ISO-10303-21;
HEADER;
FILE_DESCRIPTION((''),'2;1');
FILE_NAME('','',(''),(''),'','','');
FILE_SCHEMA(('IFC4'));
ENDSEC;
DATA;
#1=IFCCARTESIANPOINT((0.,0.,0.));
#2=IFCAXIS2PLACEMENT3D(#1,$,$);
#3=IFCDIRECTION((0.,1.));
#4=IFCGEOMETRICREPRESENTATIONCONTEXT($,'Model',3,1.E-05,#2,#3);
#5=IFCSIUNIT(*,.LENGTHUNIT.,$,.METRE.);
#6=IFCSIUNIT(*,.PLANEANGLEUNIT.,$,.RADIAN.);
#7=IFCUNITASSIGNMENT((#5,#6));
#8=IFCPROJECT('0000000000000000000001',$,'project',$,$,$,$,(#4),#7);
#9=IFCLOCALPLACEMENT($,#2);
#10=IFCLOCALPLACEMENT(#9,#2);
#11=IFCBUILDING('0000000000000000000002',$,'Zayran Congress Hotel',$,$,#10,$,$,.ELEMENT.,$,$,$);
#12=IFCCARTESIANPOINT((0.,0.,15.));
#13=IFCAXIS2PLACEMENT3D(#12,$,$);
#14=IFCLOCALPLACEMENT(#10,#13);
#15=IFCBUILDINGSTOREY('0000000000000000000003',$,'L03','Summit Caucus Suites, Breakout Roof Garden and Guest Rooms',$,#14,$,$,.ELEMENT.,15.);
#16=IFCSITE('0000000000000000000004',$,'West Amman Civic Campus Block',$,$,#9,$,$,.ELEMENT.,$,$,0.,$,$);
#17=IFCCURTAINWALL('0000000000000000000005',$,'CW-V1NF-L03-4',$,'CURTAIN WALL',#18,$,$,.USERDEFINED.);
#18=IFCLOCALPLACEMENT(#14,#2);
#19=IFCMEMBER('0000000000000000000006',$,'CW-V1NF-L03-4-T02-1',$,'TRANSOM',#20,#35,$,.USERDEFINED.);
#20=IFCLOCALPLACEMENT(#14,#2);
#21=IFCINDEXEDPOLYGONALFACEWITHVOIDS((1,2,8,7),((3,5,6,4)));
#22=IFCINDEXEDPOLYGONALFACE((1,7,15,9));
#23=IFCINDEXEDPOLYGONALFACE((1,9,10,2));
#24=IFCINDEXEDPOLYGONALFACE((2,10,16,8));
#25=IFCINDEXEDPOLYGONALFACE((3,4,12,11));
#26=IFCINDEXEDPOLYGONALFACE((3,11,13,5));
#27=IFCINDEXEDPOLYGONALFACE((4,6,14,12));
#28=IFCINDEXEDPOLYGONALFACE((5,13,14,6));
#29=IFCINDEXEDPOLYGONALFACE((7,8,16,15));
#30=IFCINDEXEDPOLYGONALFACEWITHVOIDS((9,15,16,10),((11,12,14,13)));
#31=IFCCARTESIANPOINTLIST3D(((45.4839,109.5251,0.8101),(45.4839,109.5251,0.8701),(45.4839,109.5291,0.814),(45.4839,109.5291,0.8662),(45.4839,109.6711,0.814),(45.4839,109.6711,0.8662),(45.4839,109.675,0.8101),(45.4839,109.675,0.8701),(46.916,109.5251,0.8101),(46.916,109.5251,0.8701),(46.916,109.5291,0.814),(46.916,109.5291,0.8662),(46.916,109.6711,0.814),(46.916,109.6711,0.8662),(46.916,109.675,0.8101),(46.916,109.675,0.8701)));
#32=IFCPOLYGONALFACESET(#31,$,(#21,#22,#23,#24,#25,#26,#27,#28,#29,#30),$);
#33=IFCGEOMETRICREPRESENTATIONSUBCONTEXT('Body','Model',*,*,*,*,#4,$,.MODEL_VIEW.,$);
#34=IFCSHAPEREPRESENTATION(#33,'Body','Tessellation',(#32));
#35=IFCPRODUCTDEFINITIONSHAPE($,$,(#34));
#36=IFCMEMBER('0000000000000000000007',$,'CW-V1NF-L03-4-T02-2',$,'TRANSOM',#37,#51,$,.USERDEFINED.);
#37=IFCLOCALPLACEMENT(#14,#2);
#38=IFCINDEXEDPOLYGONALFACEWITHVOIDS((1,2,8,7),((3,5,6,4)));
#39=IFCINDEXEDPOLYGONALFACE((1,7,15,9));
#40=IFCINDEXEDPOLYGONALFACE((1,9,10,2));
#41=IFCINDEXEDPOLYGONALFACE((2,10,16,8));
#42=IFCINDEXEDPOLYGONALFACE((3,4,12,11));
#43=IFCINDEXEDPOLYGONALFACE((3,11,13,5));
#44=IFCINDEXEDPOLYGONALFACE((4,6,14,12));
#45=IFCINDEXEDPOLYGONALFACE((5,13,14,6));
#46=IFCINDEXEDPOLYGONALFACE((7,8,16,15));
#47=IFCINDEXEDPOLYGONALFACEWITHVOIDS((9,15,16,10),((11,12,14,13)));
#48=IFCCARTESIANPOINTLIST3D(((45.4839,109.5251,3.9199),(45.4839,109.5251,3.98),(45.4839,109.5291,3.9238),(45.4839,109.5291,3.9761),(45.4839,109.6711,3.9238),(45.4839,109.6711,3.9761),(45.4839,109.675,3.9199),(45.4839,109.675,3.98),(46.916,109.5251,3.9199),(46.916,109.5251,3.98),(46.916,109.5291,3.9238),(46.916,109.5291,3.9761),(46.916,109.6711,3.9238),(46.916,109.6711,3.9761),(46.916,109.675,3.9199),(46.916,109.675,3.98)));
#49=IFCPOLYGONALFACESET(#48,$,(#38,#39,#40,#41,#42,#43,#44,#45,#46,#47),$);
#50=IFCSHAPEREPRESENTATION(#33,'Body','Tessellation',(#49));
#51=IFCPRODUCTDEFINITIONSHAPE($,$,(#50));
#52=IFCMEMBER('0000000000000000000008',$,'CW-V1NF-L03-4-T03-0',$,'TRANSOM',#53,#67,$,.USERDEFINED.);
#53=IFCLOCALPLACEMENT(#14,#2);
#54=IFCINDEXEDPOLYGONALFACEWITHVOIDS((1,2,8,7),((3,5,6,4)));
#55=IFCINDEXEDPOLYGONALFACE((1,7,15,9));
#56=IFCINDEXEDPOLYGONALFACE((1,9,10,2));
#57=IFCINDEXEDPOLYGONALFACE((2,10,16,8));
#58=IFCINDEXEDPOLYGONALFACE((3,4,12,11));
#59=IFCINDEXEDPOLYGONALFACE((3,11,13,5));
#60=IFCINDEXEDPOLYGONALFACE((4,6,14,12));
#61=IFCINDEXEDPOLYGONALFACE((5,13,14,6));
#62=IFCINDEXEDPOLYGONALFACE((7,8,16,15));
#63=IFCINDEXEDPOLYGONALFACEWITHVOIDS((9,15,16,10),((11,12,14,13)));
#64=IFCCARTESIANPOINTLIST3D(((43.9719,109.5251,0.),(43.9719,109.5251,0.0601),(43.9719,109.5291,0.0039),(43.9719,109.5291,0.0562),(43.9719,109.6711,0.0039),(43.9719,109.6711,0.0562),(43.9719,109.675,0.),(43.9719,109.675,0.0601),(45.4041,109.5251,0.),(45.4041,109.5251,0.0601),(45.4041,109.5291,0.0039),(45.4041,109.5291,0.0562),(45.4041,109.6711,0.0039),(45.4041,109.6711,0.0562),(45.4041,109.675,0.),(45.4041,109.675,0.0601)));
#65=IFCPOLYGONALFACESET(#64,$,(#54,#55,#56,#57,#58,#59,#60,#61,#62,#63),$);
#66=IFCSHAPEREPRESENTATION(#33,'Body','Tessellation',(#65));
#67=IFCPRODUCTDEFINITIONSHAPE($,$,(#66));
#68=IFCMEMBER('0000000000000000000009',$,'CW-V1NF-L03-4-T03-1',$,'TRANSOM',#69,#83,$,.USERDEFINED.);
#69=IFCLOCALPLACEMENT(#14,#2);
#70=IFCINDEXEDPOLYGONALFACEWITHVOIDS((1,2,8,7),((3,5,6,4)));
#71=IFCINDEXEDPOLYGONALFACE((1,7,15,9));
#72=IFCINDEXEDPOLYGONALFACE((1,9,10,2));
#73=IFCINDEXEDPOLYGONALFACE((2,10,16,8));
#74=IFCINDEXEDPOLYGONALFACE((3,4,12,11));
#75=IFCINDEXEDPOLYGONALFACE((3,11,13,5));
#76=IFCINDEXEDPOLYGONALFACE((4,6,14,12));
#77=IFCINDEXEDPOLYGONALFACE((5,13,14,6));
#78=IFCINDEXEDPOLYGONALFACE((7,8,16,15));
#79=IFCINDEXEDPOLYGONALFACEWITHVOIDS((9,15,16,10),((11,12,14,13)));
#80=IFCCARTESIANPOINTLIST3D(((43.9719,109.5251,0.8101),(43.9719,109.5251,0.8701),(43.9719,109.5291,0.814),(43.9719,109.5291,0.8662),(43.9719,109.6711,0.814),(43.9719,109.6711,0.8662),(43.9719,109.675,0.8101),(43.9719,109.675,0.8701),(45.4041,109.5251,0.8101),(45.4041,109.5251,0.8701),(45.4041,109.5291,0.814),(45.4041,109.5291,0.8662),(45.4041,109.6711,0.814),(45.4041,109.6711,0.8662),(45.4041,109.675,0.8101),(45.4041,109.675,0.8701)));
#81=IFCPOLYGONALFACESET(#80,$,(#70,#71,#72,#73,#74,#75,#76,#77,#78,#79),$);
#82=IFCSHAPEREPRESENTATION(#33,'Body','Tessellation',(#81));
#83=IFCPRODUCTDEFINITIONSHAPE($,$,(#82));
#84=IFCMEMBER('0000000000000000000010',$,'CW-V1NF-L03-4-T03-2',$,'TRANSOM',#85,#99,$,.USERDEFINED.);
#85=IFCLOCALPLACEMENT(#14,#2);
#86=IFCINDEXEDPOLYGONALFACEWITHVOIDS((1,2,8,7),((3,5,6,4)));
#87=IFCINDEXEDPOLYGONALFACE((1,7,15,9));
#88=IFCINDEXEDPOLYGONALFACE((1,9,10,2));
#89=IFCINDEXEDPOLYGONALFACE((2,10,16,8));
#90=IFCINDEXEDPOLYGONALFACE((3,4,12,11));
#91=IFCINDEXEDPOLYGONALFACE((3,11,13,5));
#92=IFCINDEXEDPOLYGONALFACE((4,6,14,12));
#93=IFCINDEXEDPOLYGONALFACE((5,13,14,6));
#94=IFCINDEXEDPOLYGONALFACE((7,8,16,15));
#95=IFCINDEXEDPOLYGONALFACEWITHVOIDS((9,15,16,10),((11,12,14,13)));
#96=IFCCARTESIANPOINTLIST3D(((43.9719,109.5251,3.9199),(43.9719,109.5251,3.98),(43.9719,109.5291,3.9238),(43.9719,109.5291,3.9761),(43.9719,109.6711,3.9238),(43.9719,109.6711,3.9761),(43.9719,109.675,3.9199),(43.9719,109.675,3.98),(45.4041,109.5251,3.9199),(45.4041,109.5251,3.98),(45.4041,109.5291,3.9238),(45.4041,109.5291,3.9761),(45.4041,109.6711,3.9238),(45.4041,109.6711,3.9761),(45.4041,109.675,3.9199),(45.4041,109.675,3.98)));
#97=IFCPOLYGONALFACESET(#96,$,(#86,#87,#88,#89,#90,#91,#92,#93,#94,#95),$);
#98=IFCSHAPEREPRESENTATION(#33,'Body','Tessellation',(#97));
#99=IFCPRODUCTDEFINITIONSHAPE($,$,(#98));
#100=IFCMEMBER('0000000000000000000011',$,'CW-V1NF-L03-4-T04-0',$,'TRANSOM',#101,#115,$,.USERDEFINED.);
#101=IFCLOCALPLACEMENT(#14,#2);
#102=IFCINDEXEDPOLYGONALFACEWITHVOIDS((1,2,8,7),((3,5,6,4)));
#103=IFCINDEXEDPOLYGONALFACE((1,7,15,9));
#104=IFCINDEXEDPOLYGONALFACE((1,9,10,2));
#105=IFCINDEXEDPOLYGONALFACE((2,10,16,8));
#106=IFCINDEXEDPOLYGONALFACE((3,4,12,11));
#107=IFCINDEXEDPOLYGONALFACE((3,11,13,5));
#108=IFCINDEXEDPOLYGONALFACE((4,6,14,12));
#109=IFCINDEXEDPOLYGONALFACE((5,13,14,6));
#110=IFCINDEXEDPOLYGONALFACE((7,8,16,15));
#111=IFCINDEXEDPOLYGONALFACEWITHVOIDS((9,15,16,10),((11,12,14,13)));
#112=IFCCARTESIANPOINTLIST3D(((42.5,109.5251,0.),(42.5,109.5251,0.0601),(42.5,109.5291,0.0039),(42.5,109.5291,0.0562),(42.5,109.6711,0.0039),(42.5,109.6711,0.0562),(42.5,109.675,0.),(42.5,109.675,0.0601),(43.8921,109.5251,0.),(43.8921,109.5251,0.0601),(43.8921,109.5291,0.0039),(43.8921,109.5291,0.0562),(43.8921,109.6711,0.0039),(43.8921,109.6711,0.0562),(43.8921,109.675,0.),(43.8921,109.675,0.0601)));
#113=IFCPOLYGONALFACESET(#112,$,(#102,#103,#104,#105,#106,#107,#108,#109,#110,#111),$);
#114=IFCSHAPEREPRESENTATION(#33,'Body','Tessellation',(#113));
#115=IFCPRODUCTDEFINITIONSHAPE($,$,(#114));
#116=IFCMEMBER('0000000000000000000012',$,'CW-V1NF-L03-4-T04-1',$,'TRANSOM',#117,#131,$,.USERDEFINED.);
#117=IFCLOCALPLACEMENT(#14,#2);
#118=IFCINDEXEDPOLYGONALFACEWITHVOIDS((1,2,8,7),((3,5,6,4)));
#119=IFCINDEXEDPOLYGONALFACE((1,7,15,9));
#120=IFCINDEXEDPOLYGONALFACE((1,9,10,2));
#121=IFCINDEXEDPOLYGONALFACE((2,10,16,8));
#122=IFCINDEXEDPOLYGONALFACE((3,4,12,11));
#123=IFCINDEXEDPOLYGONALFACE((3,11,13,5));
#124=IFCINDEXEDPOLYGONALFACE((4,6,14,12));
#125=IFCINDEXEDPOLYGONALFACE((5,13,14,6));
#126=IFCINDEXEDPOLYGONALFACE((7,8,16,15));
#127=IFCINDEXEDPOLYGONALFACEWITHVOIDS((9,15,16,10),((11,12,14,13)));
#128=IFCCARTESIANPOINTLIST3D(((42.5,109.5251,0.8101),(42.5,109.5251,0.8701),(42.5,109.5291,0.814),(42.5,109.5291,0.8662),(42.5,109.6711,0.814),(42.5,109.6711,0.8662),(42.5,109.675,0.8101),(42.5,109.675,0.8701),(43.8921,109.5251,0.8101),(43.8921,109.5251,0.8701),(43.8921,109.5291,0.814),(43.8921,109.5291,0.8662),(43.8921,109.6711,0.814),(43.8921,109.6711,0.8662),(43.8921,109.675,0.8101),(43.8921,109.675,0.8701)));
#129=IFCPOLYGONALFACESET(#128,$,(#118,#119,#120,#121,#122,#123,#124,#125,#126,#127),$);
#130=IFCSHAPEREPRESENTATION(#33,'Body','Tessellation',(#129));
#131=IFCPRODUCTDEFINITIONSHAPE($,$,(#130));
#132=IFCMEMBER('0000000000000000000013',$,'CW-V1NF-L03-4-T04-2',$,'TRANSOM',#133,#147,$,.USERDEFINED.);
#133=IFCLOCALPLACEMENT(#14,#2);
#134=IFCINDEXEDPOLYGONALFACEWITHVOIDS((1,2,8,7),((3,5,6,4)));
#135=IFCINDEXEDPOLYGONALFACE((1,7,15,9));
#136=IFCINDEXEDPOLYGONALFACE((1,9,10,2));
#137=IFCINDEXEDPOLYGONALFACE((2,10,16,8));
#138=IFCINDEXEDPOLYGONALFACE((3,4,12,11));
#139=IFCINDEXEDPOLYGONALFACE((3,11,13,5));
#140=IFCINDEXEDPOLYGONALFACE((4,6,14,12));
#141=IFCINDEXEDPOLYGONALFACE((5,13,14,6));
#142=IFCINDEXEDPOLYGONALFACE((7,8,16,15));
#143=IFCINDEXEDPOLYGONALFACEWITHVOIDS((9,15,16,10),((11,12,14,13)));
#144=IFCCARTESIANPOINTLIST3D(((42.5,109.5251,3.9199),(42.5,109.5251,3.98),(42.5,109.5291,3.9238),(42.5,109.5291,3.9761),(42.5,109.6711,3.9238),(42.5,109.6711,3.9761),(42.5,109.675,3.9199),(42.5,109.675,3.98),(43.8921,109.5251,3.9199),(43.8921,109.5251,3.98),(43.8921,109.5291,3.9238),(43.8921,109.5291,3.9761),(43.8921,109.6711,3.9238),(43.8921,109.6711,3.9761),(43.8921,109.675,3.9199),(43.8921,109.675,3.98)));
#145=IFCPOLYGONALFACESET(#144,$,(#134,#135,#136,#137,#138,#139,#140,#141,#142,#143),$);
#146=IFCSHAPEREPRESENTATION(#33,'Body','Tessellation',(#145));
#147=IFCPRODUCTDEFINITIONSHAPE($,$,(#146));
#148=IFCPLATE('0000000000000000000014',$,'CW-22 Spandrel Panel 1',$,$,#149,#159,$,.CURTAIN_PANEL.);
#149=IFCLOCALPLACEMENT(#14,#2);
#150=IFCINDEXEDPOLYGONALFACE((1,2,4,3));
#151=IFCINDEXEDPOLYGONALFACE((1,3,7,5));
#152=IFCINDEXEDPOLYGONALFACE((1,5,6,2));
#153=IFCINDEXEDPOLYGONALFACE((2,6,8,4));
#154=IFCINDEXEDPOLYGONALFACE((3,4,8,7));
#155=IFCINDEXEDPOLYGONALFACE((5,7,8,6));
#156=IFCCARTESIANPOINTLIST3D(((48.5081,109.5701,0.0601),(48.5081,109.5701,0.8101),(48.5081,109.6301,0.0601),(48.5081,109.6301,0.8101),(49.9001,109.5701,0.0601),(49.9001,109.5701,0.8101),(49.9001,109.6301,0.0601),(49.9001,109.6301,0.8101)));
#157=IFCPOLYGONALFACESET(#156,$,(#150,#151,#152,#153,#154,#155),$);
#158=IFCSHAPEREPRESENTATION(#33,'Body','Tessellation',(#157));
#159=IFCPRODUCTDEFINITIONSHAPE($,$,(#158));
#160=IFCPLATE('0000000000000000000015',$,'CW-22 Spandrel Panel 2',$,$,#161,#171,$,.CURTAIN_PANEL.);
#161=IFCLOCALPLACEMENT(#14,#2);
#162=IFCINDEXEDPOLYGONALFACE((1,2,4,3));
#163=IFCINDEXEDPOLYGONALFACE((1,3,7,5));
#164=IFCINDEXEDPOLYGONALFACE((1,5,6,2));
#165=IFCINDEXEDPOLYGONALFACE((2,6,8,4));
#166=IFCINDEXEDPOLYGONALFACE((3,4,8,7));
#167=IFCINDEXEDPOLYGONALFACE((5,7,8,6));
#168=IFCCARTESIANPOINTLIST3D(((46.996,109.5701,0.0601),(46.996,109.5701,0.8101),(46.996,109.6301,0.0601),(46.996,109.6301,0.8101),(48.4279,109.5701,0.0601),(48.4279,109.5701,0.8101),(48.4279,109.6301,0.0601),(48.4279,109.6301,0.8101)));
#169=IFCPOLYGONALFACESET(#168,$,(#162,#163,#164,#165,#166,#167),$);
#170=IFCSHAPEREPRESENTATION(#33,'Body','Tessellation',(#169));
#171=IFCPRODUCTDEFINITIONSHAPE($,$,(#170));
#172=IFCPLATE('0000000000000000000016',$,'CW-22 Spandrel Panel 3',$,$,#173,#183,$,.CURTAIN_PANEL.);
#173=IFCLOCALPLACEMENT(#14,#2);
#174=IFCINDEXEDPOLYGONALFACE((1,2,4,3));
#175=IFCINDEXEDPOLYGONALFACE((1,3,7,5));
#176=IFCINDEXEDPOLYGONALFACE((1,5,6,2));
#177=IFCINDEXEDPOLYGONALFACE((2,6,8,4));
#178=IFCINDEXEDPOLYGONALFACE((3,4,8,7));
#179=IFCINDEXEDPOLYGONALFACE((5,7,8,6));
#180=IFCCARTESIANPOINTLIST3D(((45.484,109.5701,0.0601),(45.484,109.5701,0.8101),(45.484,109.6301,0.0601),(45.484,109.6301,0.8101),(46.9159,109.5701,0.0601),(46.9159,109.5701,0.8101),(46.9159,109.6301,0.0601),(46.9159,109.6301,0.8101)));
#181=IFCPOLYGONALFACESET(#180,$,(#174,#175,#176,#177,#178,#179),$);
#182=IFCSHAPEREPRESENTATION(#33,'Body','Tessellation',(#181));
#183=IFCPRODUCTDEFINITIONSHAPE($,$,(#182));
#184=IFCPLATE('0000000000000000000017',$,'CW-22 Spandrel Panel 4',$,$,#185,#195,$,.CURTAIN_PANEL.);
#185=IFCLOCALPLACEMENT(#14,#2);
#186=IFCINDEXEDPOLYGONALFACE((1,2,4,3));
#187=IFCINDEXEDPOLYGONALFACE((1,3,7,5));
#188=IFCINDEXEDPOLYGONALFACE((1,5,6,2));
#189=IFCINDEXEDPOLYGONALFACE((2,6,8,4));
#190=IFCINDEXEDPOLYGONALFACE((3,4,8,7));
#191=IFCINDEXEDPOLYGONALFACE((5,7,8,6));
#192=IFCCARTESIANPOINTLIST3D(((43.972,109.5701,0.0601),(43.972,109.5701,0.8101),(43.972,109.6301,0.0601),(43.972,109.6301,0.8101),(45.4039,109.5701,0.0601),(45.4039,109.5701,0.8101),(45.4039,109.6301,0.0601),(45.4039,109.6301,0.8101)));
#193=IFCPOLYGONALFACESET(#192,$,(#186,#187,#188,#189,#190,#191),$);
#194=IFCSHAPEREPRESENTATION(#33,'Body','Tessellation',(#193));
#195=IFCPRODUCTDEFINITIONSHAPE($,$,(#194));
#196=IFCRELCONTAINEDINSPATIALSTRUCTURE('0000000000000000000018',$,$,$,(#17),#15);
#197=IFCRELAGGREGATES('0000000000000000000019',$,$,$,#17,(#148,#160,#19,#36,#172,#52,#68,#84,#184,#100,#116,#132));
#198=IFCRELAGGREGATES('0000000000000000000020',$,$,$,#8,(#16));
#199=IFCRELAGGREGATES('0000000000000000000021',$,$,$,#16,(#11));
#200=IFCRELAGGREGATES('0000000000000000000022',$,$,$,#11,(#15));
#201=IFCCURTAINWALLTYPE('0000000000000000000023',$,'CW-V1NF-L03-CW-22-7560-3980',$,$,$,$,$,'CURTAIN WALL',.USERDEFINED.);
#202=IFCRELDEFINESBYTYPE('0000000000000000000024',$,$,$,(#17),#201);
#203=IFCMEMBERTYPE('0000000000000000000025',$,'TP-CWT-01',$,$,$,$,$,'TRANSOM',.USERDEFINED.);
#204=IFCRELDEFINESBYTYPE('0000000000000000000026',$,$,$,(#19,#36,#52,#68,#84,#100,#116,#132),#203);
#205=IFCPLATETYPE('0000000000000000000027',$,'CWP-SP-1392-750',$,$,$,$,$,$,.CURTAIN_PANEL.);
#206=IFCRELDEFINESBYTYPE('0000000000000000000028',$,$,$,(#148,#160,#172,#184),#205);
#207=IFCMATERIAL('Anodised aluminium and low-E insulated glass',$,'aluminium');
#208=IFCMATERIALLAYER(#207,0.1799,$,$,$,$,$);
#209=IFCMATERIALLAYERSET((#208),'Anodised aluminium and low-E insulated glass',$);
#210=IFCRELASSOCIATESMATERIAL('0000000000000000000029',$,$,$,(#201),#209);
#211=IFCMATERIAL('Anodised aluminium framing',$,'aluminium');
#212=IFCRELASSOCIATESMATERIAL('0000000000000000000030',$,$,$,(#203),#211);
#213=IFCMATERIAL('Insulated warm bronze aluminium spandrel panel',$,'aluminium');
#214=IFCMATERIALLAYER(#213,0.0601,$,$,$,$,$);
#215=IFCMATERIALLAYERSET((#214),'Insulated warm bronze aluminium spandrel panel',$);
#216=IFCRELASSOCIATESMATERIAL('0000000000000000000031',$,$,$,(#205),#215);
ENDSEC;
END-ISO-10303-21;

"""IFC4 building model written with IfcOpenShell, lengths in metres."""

from ifc_helpers import new_model, si_unit, direction, frame, origin, origin_2d, place, context, subcontext, project, spatial, rectangle, hollow_rectangle, extrude, material, layer, layer_set, material_profile, profile_set, type_object, element, aggregate, save


model = new_model("IFC4")

# Units and contexts
model_context = context("Model", 3, precision=1e-05, world=origin(), true_north=direction((0.0, 1.0)))
body_context = subcontext(model_context, "Body", "Model", "MODEL_VIEW")
ifc_project = project(units=[si_unit("LENGTHUNIT", "METRE"), si_unit("PLANEANGLEUNIT", "RADIAN")], contexts=[model_context])

# Site, building, storey
site_placement = place(None, origin())
site = spatial("IfcSite", under=ifc_project, at=site_placement, Name="West Amman Civic Campus Block", CompositionType="ELEMENT", RefElevation=0.0)
building_placement = place(site_placement, origin())
building = spatial("IfcBuilding", under=site, at=building_placement, Name="Zayran Congress Hotel", CompositionType="ELEMENT")
storey_placement = place(building_placement, frame((0.0, 0.0, 15.0)))
storey = spatial("IfcBuildingStorey", under=building, at=storey_placement, Name="L03", Description="Summit Caucus Suites, Breakout Roof Garden and Guest Rooms", CompositionType="ELEMENT", Elevation=15.0)

# Curtain wall, members, plates
ifc_material_1 = material(Name="Anodised aluminium and low-E insulated glass", Category="aluminium")
ifc_layer_1 = layer(ifc_material_1, 0.1799)
ifc_layer_set_1 = layer_set([ifc_layer_1], Name="Anodised aluminium and low-E insulated glass")
curtain_wall_type = type_object("IfcCurtainWallType", Name="CW-V1NF-L03-CW-22-7560-3980", ElementType="CURTAIN WALL", PredefinedType="USERDEFINED", material=ifc_layer_set_1)
curtain_wall_placement = place(storey_placement, origin())
curtain_wall = element("IfcCurtainWall", 1, at=curtain_wall_placement, inside=storey, type_object=curtain_wall_type, Name="CW-V1NF-L03-4", ObjectType="CURTAIN WALL", PredefinedType="USERDEFINED")
ifc_material_2 = material(Name="Anodised aluminium framing", Category="aluminium")
ifc_material_profile_1 = material_profile(ifc_material_2, hollow_rectangle(XDim=0.0601, YDim=0.1499, WallThickness=0.0039, at=origin_2d()), Name="RHS 150x60x4")
ifc_profile_set_1 = profile_set([ifc_material_profile_1], Name="Anodised aluminium framing")
member_type_1 = type_object("IfcMemberType", Name="TP-CWT-01", ElementType="TRANSOM", PredefinedType="USERDEFINED", material=ifc_profile_set_1)
member_1_placement = place(storey_placement, frame((46.916, 109.6001, 0.8401), z_axis=(-1.0, 0.0, 0.0), x_axis=(0.0, 0.0, 1.0)))
member_1 = element("IfcMember", 2, at=member_1_placement, type_object=member_type_1, Name="CW-V1NF-L03-4-T02-1", ObjectType="TRANSOM", PredefinedType="USERDEFINED", context=body_context, shape_type="SweptSolid", body=[
    extrude(hollow_rectangle(XDim=0.0601, YDim=0.1499, WallThickness=0.0039, at=origin_2d()), origin(), (0.0, 0.0, 1.0), 1.4321),
])
member_2_placement = place(storey_placement, frame((46.916, 109.6001, 3.95), z_axis=(-1.0, 0.0, 0.0), x_axis=(0.0, 0.0, 1.0)))
member_2 = element("IfcMember", 3, at=member_2_placement, type_object=member_type_1, Name="CW-V1NF-L03-4-T02-2", ObjectType="TRANSOM", PredefinedType="USERDEFINED", context=body_context, shape_type="SweptSolid", body=[
    extrude(hollow_rectangle(XDim=0.0601, YDim=0.1499, WallThickness=0.0039, at=origin_2d()), origin(), (0.0, 0.0, 1.0), 1.4321),
])
member_3_placement = place(storey_placement, frame((45.4041, 109.6001, 0.03), z_axis=(-1.0, 0.0, 0.0), x_axis=(0.0, 0.0, 1.0)))
member_3 = element("IfcMember", 4, at=member_3_placement, type_object=member_type_1, Name="CW-V1NF-L03-4-T03-0", ObjectType="TRANSOM", PredefinedType="USERDEFINED", context=body_context, shape_type="SweptSolid", body=[
    extrude(hollow_rectangle(XDim=0.0601, YDim=0.1499, WallThickness=0.0039, at=origin_2d()), origin(), (0.0, 0.0, 1.0), 1.4321),
])
member_4_placement = place(storey_placement, frame((45.4041, 109.6001, 0.8401), z_axis=(-1.0, 0.0, 0.0), x_axis=(0.0, 0.0, 1.0)))
member_4 = element("IfcMember", 5, at=member_4_placement, type_object=member_type_1, Name="CW-V1NF-L03-4-T03-1", ObjectType="TRANSOM", PredefinedType="USERDEFINED", context=body_context, shape_type="SweptSolid", body=[
    extrude(hollow_rectangle(XDim=0.0601, YDim=0.1499, WallThickness=0.0039, at=origin_2d()), origin(), (0.0, 0.0, 1.0), 1.4321),
])
member_5_placement = place(storey_placement, frame((45.4041, 109.6001, 3.95), z_axis=(-1.0, 0.0, 0.0), x_axis=(0.0, 0.0, 1.0)))
member_5 = element("IfcMember", 6, at=member_5_placement, type_object=member_type_1, Name="CW-V1NF-L03-4-T03-2", ObjectType="TRANSOM", PredefinedType="USERDEFINED", context=body_context, shape_type="SweptSolid", body=[
    extrude(hollow_rectangle(XDim=0.0601, YDim=0.1499, WallThickness=0.0039, at=origin_2d()), origin(), (0.0, 0.0, 1.0), 1.4321),
])
member_6_placement = place(storey_placement, frame((43.8921, 109.6001, 0.03), z_axis=(-1.0, 0.0, 0.0), x_axis=(0.0, 0.0, 1.0)))
member_6 = element("IfcMember", 7, at=member_6_placement, type_object=member_type_1, Name="CW-V1NF-L03-4-T04-0", ObjectType="TRANSOM", PredefinedType="USERDEFINED", context=body_context, shape_type="SweptSolid", body=[
    extrude(hollow_rectangle(XDim=0.0601, YDim=0.1499, WallThickness=0.0039, at=origin_2d()), origin(), (0.0, 0.0, 1.0), 1.3921),
])
member_7_placement = place(storey_placement, frame((43.8921, 109.6001, 0.8401), z_axis=(-1.0, 0.0, 0.0), x_axis=(0.0, 0.0, 1.0)))
member_7 = element("IfcMember", 8, at=member_7_placement, type_object=member_type_1, Name="CW-V1NF-L03-4-T04-1", ObjectType="TRANSOM", PredefinedType="USERDEFINED", context=body_context, shape_type="SweptSolid", body=[
    extrude(hollow_rectangle(XDim=0.0601, YDim=0.1499, WallThickness=0.0039, at=origin_2d()), origin(), (0.0, 0.0, 1.0), 1.3921),
])
member_8_placement = place(storey_placement, frame((43.8921, 109.6001, 3.95), z_axis=(-1.0, 0.0, 0.0), x_axis=(0.0, 0.0, 1.0)))
member_8 = element("IfcMember", 9, at=member_8_placement, type_object=member_type_1, Name="CW-V1NF-L03-4-T04-2", ObjectType="TRANSOM", PredefinedType="USERDEFINED", context=body_context, shape_type="SweptSolid", body=[
    extrude(hollow_rectangle(XDim=0.0601, YDim=0.1499, WallThickness=0.0039, at=origin_2d()), origin(), (0.0, 0.0, 1.0), 1.3921),
])
ifc_material_3 = material(Name="Insulated warm bronze aluminium spandrel panel", Category="aluminium")
ifc_layer_2 = layer(ifc_material_3, 0.0601)
ifc_layer_set_2 = layer_set([ifc_layer_2], Name="Insulated warm bronze aluminium spandrel panel")
plate_type_1 = type_object("IfcPlateType", Name="CWP-SP-1392-750", PredefinedType="CURTAIN_PANEL", material=ifc_layer_set_2)
plate_1_placement = place(storey_placement, frame((49.2041, 109.6001, 0.0601), z_axis=(0.0, 0.0, 1.0), x_axis=(1.0, 0.0, 0.0)))
plate_1 = element("IfcPlate", 10, at=plate_1_placement, type_object=plate_type_1, Name="CW-22 Spandrel Panel 1", PredefinedType="CURTAIN_PANEL", context=body_context, shape_type="SweptSolid", body=[
    extrude(rectangle(XDim=1.3921, YDim=0.0601, at=origin_2d()), origin(), (0.0, 0.0, 1.0), 0.75),
])
plate_2_placement = place(storey_placement, frame((47.7119, 109.6001, 0.0601), z_axis=(0.0, 0.0, 1.0), x_axis=(1.0, 0.0, 0.0)))
plate_2 = element("IfcPlate", 11, at=plate_2_placement, type_object=plate_type_1, Name="CW-22 Spandrel Panel 2", PredefinedType="CURTAIN_PANEL", context=body_context, shape_type="SweptSolid", body=[
    extrude(rectangle(XDim=1.4319, YDim=0.0601, at=origin_2d()), origin(), (0.0, 0.0, 1.0), 0.75),
])
plate_3_placement = place(storey_placement, frame((46.2, 109.6001, 0.0601), z_axis=(0.0, 0.0, 1.0), x_axis=(1.0, 0.0, 0.0)))
plate_3 = element("IfcPlate", 12, at=plate_3_placement, type_object=plate_type_1, Name="CW-22 Spandrel Panel 3", PredefinedType="CURTAIN_PANEL", context=body_context, shape_type="SweptSolid", body=[
    extrude(rectangle(XDim=1.4319, YDim=0.0601, at=origin_2d()), origin(), (0.0, 0.0, 1.0), 0.75),
])
plate_4_placement = place(storey_placement, frame((44.688, 109.6001, 0.0601), z_axis=(0.0, 0.0, 1.0), x_axis=(1.0, 0.0, 0.0)))
plate_4 = element("IfcPlate", 13, at=plate_4_placement, type_object=plate_type_1, Name="CW-22 Spandrel Panel 4", PredefinedType="CURTAIN_PANEL", context=body_context, shape_type="SweptSolid", body=[
    extrude(rectangle(XDim=1.4319, YDim=0.0601, at=origin_2d()), origin(), (0.0, 0.0, 1.0), 0.75),
])
aggregate(curtain_wall, [plate_1, plate_2, member_1, member_2, plate_3, member_3, member_4, member_5, plate_4, member_6, member_7, member_8])

save(model, "model.ifc")
